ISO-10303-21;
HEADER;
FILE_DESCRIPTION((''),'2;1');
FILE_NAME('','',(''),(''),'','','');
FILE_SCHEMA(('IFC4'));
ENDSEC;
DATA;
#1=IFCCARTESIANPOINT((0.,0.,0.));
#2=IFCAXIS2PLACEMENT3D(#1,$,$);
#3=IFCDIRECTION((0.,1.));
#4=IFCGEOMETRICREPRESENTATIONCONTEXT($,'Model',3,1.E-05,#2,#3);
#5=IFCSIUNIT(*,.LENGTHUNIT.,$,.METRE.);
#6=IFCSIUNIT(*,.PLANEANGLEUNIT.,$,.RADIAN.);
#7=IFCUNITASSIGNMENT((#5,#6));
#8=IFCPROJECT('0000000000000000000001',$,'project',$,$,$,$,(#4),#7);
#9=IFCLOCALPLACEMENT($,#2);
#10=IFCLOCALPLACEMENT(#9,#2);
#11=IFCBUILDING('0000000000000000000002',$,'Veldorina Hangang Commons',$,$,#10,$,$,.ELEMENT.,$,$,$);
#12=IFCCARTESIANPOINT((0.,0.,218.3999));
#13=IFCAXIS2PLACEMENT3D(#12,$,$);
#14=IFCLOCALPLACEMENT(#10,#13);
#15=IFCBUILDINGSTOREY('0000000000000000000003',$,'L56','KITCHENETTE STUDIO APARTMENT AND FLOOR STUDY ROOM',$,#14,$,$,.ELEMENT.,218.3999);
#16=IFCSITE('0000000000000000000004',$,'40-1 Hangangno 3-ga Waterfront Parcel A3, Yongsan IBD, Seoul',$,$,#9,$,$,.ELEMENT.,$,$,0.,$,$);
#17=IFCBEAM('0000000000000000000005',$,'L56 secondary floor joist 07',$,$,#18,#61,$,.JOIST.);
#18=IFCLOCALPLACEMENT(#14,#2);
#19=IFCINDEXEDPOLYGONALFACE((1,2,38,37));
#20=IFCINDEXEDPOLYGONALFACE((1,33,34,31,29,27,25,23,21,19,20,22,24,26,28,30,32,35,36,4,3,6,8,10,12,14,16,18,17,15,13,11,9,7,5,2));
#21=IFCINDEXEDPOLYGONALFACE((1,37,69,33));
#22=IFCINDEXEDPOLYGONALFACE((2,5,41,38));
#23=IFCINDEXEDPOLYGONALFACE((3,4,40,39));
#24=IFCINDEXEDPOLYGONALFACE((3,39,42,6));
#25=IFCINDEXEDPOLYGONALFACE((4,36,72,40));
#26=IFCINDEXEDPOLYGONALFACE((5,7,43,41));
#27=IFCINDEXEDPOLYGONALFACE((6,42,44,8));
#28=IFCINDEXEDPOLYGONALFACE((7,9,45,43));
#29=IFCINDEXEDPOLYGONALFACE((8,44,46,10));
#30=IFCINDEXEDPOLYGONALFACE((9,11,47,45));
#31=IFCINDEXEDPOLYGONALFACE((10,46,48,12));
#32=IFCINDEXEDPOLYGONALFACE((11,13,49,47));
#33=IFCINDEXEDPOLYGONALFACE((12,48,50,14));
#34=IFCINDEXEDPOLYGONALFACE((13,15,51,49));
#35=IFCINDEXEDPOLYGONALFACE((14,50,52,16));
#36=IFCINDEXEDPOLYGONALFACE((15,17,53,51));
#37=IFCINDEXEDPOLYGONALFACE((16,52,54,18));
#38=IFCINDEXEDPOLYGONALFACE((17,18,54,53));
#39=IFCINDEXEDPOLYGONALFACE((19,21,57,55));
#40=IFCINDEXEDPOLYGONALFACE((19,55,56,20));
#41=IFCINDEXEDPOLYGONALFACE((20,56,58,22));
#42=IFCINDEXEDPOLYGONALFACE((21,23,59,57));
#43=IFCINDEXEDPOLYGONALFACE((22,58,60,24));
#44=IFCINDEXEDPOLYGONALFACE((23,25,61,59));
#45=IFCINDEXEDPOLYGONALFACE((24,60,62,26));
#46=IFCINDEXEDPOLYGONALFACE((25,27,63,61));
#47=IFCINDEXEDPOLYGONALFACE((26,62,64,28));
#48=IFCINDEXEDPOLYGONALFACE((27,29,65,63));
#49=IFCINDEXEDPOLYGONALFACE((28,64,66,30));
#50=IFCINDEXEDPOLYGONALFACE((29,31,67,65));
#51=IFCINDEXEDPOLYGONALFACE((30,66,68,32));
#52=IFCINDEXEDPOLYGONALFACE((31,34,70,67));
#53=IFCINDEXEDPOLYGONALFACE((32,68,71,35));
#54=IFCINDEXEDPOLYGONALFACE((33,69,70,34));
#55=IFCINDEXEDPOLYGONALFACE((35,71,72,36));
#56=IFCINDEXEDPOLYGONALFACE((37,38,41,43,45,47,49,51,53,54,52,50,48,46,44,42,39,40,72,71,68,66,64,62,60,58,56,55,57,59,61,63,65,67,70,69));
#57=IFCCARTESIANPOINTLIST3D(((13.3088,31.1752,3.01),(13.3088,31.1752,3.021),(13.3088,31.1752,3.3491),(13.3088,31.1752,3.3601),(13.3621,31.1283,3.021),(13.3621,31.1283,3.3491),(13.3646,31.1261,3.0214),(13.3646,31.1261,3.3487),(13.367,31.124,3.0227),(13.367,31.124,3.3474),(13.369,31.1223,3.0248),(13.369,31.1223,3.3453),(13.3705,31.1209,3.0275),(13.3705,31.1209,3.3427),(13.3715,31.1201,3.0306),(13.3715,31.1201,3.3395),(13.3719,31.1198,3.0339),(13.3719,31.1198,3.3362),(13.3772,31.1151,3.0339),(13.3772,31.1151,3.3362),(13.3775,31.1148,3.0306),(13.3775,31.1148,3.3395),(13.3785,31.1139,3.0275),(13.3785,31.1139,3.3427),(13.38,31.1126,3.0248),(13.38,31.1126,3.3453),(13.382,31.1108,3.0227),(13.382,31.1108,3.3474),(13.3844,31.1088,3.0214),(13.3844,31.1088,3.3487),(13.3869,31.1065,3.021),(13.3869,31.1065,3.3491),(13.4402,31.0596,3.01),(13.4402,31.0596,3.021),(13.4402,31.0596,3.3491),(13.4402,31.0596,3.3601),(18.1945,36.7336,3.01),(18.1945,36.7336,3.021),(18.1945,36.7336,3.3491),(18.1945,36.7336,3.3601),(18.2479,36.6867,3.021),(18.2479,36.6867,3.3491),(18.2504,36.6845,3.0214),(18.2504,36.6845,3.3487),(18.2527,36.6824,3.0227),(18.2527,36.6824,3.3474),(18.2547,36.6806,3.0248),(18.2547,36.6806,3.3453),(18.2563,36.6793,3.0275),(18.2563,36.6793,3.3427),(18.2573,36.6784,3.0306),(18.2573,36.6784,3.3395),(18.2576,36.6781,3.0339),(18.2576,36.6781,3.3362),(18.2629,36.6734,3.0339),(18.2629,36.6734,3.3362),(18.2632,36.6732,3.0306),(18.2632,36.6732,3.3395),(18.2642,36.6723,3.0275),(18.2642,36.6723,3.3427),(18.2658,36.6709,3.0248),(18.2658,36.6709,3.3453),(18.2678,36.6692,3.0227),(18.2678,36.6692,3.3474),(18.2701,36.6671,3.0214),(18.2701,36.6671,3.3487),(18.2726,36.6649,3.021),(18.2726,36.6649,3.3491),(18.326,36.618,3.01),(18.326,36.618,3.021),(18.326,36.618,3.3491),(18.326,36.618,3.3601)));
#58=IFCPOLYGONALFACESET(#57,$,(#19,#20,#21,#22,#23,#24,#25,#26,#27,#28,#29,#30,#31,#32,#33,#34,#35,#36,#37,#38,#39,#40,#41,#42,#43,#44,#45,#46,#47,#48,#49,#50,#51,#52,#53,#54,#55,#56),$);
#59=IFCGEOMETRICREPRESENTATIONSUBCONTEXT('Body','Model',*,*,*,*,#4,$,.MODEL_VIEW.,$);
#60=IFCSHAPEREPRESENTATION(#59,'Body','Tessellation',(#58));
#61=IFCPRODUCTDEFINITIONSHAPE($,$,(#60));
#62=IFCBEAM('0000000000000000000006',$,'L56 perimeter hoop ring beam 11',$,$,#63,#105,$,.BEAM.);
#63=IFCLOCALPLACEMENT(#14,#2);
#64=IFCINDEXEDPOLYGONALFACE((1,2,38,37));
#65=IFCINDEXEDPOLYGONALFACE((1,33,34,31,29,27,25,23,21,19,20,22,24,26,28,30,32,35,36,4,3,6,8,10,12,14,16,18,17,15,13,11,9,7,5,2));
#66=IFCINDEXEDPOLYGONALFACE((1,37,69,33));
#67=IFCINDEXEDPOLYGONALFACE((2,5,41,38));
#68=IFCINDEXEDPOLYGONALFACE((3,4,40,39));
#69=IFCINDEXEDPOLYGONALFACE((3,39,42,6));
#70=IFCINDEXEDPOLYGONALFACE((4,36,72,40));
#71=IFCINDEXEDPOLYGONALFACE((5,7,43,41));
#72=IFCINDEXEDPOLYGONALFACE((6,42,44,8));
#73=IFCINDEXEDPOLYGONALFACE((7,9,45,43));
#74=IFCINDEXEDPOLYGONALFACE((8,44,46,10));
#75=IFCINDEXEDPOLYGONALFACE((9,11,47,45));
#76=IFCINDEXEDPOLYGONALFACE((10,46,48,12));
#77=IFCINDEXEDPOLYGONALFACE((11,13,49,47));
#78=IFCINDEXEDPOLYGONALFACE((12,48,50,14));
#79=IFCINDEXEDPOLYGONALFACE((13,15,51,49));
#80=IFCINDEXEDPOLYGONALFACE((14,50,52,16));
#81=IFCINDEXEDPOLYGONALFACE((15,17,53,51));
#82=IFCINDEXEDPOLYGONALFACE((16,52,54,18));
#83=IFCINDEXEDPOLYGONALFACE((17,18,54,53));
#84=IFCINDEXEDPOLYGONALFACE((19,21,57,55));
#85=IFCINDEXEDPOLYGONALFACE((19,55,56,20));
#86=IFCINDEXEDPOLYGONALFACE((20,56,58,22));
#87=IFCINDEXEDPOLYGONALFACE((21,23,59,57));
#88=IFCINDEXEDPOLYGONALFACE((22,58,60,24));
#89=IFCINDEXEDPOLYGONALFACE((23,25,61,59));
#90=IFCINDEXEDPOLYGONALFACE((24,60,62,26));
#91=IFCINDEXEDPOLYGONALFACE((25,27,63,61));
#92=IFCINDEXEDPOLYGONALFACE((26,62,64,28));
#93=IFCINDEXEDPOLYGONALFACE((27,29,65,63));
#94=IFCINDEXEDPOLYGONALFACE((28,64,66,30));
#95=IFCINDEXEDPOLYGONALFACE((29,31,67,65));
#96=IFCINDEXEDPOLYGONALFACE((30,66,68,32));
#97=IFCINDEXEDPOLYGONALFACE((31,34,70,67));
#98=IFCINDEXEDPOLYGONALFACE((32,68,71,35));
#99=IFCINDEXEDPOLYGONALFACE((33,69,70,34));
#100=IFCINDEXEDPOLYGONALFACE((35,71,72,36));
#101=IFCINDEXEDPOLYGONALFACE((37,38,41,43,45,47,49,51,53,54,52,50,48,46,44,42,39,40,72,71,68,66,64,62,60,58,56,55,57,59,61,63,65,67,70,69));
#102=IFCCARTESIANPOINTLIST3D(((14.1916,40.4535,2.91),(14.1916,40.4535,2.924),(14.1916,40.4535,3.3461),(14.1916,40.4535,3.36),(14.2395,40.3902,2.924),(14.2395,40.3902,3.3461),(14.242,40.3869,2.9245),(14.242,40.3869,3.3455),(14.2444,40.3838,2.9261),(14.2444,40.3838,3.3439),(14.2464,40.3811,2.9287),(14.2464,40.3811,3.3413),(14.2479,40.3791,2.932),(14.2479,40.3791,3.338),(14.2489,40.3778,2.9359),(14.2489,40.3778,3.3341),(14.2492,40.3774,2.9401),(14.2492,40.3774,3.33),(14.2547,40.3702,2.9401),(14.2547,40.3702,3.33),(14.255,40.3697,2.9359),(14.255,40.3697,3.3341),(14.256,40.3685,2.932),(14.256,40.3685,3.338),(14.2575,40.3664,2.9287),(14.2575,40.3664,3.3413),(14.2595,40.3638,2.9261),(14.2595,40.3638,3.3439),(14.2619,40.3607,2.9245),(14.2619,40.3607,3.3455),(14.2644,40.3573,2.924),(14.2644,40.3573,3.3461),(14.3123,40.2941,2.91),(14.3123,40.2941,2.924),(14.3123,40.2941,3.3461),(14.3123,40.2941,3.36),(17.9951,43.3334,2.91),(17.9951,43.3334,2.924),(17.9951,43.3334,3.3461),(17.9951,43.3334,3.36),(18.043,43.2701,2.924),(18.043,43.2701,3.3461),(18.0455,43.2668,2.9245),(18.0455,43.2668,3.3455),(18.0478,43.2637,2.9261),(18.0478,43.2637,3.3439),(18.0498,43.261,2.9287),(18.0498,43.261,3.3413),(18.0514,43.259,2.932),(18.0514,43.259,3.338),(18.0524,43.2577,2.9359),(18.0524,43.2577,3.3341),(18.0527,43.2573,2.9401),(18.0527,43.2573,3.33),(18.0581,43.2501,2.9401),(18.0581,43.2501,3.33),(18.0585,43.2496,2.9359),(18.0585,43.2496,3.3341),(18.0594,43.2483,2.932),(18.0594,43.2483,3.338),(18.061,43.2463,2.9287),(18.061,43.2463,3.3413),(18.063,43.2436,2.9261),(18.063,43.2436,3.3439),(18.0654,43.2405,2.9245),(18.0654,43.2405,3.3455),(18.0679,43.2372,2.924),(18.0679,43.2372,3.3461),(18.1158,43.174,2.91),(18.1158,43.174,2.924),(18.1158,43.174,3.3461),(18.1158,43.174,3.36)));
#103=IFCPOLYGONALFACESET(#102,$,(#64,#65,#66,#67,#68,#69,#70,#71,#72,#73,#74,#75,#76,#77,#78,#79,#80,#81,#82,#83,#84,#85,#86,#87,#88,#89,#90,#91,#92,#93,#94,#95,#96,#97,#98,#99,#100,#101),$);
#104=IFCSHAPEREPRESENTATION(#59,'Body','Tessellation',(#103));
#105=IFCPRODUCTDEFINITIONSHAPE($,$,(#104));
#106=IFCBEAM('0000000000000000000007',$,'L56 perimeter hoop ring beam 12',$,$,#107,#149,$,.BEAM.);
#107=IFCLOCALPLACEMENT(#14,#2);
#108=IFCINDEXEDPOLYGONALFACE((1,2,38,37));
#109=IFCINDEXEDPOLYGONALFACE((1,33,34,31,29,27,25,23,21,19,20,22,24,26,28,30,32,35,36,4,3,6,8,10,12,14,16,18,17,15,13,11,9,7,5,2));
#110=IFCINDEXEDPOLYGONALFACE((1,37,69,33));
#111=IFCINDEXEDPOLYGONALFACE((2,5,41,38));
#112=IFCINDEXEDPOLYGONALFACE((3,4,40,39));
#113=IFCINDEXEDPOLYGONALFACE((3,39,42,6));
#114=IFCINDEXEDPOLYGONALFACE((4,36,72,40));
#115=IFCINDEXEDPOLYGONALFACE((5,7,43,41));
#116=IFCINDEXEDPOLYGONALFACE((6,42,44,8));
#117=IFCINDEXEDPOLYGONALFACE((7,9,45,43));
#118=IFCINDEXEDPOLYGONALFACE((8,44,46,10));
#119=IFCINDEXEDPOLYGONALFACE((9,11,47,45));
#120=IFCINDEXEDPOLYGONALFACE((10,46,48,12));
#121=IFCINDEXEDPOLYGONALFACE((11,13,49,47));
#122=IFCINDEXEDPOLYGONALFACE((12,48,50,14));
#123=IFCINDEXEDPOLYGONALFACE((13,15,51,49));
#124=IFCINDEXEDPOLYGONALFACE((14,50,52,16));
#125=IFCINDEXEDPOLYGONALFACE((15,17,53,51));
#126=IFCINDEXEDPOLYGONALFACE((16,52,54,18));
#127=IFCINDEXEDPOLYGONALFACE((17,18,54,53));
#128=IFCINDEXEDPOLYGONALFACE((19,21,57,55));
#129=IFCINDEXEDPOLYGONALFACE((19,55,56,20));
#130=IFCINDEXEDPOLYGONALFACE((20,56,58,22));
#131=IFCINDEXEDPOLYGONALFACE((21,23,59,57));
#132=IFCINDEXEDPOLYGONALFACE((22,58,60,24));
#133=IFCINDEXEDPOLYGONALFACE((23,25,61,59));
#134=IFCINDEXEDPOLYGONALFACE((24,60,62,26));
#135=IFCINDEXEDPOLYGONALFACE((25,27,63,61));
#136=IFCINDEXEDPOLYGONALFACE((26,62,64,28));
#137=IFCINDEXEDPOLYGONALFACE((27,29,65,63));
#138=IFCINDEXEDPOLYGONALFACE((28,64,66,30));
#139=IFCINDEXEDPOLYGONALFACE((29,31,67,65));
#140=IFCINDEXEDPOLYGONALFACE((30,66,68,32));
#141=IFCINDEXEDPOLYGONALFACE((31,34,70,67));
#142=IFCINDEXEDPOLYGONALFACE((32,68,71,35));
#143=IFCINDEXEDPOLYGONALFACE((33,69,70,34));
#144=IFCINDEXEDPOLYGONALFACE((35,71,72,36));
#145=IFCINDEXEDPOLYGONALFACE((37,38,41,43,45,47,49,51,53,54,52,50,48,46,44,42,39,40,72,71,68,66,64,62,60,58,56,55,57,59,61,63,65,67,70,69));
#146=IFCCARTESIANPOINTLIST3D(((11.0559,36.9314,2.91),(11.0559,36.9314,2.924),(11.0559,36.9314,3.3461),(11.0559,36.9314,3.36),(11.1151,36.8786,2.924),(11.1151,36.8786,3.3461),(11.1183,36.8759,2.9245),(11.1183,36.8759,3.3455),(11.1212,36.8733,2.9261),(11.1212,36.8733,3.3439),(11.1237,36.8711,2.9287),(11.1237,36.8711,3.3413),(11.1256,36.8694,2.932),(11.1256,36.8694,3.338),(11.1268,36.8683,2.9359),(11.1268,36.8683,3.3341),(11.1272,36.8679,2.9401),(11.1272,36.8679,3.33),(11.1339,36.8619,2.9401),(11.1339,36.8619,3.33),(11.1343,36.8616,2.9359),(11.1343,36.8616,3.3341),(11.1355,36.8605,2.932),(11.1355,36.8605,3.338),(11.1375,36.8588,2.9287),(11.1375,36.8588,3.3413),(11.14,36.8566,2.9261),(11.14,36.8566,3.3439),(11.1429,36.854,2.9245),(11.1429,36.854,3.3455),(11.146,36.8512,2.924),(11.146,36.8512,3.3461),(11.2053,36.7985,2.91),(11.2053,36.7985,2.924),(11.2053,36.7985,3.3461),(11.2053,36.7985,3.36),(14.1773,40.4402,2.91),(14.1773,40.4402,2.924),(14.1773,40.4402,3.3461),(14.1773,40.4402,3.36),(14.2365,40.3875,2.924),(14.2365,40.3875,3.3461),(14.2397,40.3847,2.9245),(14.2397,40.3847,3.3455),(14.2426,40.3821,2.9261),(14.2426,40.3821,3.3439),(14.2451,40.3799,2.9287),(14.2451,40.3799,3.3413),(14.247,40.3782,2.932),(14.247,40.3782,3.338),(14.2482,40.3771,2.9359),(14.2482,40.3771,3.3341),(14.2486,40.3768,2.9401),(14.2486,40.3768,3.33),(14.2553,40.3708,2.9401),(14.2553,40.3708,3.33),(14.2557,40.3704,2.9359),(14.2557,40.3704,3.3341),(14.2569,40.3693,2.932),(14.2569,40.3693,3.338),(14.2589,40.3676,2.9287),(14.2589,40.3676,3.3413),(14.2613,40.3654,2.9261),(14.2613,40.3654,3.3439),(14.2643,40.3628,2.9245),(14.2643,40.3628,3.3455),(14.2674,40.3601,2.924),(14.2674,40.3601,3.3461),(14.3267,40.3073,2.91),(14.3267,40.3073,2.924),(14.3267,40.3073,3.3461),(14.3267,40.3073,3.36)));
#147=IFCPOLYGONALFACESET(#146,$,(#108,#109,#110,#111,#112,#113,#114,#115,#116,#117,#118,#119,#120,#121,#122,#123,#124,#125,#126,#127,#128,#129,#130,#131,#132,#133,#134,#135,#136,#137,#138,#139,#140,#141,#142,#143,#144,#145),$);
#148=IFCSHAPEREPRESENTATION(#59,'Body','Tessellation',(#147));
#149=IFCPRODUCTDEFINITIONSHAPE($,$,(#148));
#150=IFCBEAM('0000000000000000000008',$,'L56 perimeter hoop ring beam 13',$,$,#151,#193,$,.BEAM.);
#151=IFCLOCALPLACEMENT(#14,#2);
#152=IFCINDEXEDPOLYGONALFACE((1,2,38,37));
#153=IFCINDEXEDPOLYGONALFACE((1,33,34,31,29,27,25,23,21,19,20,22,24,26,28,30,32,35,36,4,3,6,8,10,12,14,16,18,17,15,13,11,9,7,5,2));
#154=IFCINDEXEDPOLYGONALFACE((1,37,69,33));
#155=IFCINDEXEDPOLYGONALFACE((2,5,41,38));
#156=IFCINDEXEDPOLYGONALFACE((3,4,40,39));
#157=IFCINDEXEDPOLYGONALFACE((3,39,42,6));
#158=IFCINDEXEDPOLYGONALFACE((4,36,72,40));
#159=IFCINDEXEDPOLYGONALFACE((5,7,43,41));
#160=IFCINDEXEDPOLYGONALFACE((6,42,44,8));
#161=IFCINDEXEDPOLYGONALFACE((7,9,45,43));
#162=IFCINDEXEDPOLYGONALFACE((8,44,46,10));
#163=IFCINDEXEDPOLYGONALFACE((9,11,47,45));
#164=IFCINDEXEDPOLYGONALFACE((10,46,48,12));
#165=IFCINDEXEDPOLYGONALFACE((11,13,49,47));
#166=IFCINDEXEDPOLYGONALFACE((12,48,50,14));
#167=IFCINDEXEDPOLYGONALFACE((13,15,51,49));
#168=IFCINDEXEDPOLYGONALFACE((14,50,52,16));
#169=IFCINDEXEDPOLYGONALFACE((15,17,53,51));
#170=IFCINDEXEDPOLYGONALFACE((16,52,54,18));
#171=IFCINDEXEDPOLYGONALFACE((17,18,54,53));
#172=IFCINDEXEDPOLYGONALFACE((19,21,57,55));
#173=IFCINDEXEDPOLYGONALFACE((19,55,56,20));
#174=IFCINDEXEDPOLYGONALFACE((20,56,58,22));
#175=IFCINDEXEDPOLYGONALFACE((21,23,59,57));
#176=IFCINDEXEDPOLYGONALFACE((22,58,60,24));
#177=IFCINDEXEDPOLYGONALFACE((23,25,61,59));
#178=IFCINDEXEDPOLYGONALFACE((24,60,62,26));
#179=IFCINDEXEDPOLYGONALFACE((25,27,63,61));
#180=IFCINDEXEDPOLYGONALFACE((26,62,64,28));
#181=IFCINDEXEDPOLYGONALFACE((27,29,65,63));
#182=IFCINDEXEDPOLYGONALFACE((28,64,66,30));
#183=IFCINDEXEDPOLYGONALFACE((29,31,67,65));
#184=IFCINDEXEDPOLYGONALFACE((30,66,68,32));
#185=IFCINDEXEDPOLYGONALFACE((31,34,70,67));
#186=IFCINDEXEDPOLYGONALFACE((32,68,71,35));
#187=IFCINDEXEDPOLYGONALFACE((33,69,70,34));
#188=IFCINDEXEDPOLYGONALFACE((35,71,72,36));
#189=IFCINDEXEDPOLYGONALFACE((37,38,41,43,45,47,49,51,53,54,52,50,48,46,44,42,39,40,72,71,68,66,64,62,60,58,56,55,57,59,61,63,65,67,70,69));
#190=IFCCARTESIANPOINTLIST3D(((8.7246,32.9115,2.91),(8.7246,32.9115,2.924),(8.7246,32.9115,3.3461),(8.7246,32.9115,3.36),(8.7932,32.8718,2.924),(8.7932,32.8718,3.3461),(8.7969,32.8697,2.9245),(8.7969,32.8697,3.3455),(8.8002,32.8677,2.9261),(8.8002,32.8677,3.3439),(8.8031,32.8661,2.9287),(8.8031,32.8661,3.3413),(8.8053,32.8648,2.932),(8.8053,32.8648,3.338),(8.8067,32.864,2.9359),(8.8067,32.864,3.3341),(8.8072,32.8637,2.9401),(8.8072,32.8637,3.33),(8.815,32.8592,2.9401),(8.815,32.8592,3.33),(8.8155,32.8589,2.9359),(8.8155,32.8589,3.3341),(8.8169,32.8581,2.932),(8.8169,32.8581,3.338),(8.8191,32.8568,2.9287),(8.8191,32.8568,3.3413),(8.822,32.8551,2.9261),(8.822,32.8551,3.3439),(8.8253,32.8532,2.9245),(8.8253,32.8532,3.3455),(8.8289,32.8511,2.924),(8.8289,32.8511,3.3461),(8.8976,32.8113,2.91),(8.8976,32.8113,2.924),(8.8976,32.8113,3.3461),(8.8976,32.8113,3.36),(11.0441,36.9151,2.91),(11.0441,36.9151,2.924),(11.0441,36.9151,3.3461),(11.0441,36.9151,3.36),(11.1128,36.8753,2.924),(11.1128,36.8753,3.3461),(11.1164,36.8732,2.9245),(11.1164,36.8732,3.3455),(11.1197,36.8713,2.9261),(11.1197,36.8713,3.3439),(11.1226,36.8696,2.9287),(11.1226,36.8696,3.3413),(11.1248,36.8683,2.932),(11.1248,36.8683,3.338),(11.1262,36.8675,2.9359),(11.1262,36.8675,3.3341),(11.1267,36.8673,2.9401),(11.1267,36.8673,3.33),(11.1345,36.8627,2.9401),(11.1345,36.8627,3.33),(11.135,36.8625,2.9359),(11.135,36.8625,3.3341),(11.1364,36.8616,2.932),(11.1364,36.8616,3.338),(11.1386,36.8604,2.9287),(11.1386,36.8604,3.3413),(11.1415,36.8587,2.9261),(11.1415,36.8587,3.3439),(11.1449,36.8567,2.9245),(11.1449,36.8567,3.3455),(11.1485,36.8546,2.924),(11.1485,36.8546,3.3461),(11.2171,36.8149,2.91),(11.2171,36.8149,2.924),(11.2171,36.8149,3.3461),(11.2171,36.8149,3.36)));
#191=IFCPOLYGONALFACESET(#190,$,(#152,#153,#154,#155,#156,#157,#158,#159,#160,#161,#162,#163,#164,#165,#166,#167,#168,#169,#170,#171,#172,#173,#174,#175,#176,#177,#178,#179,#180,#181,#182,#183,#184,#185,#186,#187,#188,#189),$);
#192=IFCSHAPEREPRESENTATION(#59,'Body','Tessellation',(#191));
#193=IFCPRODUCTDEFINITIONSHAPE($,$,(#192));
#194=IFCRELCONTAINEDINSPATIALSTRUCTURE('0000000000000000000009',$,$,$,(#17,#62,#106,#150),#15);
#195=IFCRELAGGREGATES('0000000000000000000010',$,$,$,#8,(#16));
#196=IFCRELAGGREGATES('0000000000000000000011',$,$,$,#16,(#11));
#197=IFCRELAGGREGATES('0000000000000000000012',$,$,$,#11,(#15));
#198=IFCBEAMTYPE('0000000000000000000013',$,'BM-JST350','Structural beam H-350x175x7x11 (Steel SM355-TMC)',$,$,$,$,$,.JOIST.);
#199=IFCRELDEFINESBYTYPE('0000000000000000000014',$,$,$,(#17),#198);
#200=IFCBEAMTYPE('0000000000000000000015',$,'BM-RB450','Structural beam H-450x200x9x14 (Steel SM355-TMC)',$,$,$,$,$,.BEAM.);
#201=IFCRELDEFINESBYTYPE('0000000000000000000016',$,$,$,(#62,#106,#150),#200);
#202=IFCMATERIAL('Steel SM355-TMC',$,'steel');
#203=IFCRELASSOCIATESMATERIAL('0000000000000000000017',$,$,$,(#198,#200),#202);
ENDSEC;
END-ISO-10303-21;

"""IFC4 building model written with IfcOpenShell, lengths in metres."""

from ifc_helpers import new_model, si_unit, direction, frame, origin, origin_2d, place, context, subcontext, project, spatial, i_section, extrude, material, material_profile, profile_set, type_object, element, save


model = new_model("IFC4")

# Units and contexts
model_context = context("Model", 3, precision=1e-05, world=origin(), true_north=direction((0.0, 1.0)))
body_context = subcontext(model_context, "Body", "Model", "MODEL_VIEW")
ifc_project = project(units=[si_unit("LENGTHUNIT", "METRE"), si_unit("PLANEANGLEUNIT", "RADIAN")], contexts=[model_context])

# Site, building, storey
site_placement = place(None, origin())
site = spatial("IfcSite", under=ifc_project, at=site_placement, Name="40-1 Hangangno 3-ga Waterfront Parcel A3, Yongsan IBD, Seoul", CompositionType="ELEMENT", RefElevation=0.0)
building_placement = place(site_placement, origin())
building = spatial("IfcBuilding", under=site, at=building_placement, Name="Veldorina Hangang Commons", CompositionType="ELEMENT")
storey_placement = place(building_placement, frame((0.0, 0.0, 218.3999)))
storey = spatial("IfcBuildingStorey", under=building, at=storey_placement, Name="L56", Description="KITCHENETTE STUDIO APARTMENT AND FLOOR STUDY ROOM", CompositionType="ELEMENT", Elevation=218.3999)

# Beams
ifc_material_1 = material(Name="Steel SM355-TMC", Category="steel")
ifc_material_profile_1 = material_profile(ifc_material_1, i_section(OverallWidth=0.175, OverallDepth=0.3501, WebThickness=0.0071, FlangeThickness=0.011, FilletRadius=0.0129, at=origin_2d()), Name="H-350x175x7x11")
ifc_profile_set_1 = profile_set([ifc_material_profile_1], Name="Steel SM355-TMC")
beam_type_1 = type_object("IfcBeamType", Name="BM-JST350", Description="Structural beam H-350x175x7x11 (Steel SM355-TMC)", PredefinedType="JOIST", material=ifc_profile_set_1)
beam_1_placement = place(storey_placement, frame((18.2603, 36.6758, 3.1851), z_axis=(-0.660201, -0.751089, 0.0), x_axis=(0.751089, -0.660201, 0.0)))
element("IfcBeam", 1, at=beam_1_placement, inside=storey, type_object=beam_type_1, Name="L56 secondary floor joist 07", PredefinedType="JOIST", context=body_context, shape_type="SweptSolid", body=[
    extrude(i_section(OverallWidth=0.175, OverallDepth=0.3501, WebThickness=0.0071, FlangeThickness=0.011, FilletRadius=0.0129, at=origin_2d()), origin(), (0.0, 0.0, 1.0), 7.4004),
])
ifc_material_profile_2 = material_profile(ifc_material_1, i_section(OverallWidth=0.2, OverallDepth=0.45, WebThickness=0.009, FlangeThickness=0.0139, FilletRadius=0.0161, at=origin_2d()), Name="H-450x200x9x14")
ifc_profile_set_2 = profile_set([ifc_material_profile_2], Name="Steel SM355-TMC")
beam_type_2 = type_object("IfcBeamType", Name="BM-RB450", Description="Structural beam H-450x200x9x14 (Steel SM355-TMC)", PredefinedType="BEAM", material=ifc_profile_set_2)
beam_2_placement = place(storey_placement, frame((18.0554, 43.2537, 3.135), z_axis=(-0.797247, -0.603654, 0.0), x_axis=(0.603654, -0.797247, 0.0)))
element("IfcBeam", 2, at=beam_2_placement, inside=storey, type_object=beam_type_2, Name="L56 perimeter hoop ring beam 11", PredefinedType="BEAM", context=body_context, shape_type="SweptSolid", body=[
    extrude(i_section(OverallWidth=0.2, OverallDepth=0.45, WebThickness=0.009, FlangeThickness=0.0139, FilletRadius=0.0161, at=origin_2d()), origin(), (0.0, 0.0, 1.0), 4.7708),
])
beam_3_placement = place(storey_placement, frame((14.252, 40.3738, 3.135), z_axis=(-0.664651, -0.747154, 0.0), x_axis=(0.747154, -0.664651, 0.0)))
element("IfcBeam", 3, at=beam_3_placement, inside=storey, type_object=beam_type_2, Name="L56 perimeter hoop ring beam 12", PredefinedType="BEAM", context=body_context, shape_type="SweptSolid", body=[
    extrude(i_section(OverallWidth=0.2, OverallDepth=0.45, WebThickness=0.009, FlangeThickness=0.0139, FilletRadius=0.0161, at=origin_2d()), origin(), (0.0, 0.0, 1.0), 4.6963),
])
beam_4_placement = place(storey_placement, frame((11.1306, 36.865, 3.135), z_axis=(-0.501307, -0.86527, 0.0), x_axis=(0.86527, -0.501307, 0.0)))
element("IfcBeam", 4, at=beam_4_placement, inside=storey, type_object=beam_type_2, Name="L56 perimeter hoop ring beam 13", PredefinedType="BEAM", context=body_context, shape_type="SweptSolid", body=[
    extrude(i_section(OverallWidth=0.2, OverallDepth=0.45, WebThickness=0.009, FlangeThickness=0.0139, FilletRadius=0.0161, at=origin_2d()), origin(), (0.0, 0.0, 1.0), 4.627),
])

save(model, "model.ifc")
